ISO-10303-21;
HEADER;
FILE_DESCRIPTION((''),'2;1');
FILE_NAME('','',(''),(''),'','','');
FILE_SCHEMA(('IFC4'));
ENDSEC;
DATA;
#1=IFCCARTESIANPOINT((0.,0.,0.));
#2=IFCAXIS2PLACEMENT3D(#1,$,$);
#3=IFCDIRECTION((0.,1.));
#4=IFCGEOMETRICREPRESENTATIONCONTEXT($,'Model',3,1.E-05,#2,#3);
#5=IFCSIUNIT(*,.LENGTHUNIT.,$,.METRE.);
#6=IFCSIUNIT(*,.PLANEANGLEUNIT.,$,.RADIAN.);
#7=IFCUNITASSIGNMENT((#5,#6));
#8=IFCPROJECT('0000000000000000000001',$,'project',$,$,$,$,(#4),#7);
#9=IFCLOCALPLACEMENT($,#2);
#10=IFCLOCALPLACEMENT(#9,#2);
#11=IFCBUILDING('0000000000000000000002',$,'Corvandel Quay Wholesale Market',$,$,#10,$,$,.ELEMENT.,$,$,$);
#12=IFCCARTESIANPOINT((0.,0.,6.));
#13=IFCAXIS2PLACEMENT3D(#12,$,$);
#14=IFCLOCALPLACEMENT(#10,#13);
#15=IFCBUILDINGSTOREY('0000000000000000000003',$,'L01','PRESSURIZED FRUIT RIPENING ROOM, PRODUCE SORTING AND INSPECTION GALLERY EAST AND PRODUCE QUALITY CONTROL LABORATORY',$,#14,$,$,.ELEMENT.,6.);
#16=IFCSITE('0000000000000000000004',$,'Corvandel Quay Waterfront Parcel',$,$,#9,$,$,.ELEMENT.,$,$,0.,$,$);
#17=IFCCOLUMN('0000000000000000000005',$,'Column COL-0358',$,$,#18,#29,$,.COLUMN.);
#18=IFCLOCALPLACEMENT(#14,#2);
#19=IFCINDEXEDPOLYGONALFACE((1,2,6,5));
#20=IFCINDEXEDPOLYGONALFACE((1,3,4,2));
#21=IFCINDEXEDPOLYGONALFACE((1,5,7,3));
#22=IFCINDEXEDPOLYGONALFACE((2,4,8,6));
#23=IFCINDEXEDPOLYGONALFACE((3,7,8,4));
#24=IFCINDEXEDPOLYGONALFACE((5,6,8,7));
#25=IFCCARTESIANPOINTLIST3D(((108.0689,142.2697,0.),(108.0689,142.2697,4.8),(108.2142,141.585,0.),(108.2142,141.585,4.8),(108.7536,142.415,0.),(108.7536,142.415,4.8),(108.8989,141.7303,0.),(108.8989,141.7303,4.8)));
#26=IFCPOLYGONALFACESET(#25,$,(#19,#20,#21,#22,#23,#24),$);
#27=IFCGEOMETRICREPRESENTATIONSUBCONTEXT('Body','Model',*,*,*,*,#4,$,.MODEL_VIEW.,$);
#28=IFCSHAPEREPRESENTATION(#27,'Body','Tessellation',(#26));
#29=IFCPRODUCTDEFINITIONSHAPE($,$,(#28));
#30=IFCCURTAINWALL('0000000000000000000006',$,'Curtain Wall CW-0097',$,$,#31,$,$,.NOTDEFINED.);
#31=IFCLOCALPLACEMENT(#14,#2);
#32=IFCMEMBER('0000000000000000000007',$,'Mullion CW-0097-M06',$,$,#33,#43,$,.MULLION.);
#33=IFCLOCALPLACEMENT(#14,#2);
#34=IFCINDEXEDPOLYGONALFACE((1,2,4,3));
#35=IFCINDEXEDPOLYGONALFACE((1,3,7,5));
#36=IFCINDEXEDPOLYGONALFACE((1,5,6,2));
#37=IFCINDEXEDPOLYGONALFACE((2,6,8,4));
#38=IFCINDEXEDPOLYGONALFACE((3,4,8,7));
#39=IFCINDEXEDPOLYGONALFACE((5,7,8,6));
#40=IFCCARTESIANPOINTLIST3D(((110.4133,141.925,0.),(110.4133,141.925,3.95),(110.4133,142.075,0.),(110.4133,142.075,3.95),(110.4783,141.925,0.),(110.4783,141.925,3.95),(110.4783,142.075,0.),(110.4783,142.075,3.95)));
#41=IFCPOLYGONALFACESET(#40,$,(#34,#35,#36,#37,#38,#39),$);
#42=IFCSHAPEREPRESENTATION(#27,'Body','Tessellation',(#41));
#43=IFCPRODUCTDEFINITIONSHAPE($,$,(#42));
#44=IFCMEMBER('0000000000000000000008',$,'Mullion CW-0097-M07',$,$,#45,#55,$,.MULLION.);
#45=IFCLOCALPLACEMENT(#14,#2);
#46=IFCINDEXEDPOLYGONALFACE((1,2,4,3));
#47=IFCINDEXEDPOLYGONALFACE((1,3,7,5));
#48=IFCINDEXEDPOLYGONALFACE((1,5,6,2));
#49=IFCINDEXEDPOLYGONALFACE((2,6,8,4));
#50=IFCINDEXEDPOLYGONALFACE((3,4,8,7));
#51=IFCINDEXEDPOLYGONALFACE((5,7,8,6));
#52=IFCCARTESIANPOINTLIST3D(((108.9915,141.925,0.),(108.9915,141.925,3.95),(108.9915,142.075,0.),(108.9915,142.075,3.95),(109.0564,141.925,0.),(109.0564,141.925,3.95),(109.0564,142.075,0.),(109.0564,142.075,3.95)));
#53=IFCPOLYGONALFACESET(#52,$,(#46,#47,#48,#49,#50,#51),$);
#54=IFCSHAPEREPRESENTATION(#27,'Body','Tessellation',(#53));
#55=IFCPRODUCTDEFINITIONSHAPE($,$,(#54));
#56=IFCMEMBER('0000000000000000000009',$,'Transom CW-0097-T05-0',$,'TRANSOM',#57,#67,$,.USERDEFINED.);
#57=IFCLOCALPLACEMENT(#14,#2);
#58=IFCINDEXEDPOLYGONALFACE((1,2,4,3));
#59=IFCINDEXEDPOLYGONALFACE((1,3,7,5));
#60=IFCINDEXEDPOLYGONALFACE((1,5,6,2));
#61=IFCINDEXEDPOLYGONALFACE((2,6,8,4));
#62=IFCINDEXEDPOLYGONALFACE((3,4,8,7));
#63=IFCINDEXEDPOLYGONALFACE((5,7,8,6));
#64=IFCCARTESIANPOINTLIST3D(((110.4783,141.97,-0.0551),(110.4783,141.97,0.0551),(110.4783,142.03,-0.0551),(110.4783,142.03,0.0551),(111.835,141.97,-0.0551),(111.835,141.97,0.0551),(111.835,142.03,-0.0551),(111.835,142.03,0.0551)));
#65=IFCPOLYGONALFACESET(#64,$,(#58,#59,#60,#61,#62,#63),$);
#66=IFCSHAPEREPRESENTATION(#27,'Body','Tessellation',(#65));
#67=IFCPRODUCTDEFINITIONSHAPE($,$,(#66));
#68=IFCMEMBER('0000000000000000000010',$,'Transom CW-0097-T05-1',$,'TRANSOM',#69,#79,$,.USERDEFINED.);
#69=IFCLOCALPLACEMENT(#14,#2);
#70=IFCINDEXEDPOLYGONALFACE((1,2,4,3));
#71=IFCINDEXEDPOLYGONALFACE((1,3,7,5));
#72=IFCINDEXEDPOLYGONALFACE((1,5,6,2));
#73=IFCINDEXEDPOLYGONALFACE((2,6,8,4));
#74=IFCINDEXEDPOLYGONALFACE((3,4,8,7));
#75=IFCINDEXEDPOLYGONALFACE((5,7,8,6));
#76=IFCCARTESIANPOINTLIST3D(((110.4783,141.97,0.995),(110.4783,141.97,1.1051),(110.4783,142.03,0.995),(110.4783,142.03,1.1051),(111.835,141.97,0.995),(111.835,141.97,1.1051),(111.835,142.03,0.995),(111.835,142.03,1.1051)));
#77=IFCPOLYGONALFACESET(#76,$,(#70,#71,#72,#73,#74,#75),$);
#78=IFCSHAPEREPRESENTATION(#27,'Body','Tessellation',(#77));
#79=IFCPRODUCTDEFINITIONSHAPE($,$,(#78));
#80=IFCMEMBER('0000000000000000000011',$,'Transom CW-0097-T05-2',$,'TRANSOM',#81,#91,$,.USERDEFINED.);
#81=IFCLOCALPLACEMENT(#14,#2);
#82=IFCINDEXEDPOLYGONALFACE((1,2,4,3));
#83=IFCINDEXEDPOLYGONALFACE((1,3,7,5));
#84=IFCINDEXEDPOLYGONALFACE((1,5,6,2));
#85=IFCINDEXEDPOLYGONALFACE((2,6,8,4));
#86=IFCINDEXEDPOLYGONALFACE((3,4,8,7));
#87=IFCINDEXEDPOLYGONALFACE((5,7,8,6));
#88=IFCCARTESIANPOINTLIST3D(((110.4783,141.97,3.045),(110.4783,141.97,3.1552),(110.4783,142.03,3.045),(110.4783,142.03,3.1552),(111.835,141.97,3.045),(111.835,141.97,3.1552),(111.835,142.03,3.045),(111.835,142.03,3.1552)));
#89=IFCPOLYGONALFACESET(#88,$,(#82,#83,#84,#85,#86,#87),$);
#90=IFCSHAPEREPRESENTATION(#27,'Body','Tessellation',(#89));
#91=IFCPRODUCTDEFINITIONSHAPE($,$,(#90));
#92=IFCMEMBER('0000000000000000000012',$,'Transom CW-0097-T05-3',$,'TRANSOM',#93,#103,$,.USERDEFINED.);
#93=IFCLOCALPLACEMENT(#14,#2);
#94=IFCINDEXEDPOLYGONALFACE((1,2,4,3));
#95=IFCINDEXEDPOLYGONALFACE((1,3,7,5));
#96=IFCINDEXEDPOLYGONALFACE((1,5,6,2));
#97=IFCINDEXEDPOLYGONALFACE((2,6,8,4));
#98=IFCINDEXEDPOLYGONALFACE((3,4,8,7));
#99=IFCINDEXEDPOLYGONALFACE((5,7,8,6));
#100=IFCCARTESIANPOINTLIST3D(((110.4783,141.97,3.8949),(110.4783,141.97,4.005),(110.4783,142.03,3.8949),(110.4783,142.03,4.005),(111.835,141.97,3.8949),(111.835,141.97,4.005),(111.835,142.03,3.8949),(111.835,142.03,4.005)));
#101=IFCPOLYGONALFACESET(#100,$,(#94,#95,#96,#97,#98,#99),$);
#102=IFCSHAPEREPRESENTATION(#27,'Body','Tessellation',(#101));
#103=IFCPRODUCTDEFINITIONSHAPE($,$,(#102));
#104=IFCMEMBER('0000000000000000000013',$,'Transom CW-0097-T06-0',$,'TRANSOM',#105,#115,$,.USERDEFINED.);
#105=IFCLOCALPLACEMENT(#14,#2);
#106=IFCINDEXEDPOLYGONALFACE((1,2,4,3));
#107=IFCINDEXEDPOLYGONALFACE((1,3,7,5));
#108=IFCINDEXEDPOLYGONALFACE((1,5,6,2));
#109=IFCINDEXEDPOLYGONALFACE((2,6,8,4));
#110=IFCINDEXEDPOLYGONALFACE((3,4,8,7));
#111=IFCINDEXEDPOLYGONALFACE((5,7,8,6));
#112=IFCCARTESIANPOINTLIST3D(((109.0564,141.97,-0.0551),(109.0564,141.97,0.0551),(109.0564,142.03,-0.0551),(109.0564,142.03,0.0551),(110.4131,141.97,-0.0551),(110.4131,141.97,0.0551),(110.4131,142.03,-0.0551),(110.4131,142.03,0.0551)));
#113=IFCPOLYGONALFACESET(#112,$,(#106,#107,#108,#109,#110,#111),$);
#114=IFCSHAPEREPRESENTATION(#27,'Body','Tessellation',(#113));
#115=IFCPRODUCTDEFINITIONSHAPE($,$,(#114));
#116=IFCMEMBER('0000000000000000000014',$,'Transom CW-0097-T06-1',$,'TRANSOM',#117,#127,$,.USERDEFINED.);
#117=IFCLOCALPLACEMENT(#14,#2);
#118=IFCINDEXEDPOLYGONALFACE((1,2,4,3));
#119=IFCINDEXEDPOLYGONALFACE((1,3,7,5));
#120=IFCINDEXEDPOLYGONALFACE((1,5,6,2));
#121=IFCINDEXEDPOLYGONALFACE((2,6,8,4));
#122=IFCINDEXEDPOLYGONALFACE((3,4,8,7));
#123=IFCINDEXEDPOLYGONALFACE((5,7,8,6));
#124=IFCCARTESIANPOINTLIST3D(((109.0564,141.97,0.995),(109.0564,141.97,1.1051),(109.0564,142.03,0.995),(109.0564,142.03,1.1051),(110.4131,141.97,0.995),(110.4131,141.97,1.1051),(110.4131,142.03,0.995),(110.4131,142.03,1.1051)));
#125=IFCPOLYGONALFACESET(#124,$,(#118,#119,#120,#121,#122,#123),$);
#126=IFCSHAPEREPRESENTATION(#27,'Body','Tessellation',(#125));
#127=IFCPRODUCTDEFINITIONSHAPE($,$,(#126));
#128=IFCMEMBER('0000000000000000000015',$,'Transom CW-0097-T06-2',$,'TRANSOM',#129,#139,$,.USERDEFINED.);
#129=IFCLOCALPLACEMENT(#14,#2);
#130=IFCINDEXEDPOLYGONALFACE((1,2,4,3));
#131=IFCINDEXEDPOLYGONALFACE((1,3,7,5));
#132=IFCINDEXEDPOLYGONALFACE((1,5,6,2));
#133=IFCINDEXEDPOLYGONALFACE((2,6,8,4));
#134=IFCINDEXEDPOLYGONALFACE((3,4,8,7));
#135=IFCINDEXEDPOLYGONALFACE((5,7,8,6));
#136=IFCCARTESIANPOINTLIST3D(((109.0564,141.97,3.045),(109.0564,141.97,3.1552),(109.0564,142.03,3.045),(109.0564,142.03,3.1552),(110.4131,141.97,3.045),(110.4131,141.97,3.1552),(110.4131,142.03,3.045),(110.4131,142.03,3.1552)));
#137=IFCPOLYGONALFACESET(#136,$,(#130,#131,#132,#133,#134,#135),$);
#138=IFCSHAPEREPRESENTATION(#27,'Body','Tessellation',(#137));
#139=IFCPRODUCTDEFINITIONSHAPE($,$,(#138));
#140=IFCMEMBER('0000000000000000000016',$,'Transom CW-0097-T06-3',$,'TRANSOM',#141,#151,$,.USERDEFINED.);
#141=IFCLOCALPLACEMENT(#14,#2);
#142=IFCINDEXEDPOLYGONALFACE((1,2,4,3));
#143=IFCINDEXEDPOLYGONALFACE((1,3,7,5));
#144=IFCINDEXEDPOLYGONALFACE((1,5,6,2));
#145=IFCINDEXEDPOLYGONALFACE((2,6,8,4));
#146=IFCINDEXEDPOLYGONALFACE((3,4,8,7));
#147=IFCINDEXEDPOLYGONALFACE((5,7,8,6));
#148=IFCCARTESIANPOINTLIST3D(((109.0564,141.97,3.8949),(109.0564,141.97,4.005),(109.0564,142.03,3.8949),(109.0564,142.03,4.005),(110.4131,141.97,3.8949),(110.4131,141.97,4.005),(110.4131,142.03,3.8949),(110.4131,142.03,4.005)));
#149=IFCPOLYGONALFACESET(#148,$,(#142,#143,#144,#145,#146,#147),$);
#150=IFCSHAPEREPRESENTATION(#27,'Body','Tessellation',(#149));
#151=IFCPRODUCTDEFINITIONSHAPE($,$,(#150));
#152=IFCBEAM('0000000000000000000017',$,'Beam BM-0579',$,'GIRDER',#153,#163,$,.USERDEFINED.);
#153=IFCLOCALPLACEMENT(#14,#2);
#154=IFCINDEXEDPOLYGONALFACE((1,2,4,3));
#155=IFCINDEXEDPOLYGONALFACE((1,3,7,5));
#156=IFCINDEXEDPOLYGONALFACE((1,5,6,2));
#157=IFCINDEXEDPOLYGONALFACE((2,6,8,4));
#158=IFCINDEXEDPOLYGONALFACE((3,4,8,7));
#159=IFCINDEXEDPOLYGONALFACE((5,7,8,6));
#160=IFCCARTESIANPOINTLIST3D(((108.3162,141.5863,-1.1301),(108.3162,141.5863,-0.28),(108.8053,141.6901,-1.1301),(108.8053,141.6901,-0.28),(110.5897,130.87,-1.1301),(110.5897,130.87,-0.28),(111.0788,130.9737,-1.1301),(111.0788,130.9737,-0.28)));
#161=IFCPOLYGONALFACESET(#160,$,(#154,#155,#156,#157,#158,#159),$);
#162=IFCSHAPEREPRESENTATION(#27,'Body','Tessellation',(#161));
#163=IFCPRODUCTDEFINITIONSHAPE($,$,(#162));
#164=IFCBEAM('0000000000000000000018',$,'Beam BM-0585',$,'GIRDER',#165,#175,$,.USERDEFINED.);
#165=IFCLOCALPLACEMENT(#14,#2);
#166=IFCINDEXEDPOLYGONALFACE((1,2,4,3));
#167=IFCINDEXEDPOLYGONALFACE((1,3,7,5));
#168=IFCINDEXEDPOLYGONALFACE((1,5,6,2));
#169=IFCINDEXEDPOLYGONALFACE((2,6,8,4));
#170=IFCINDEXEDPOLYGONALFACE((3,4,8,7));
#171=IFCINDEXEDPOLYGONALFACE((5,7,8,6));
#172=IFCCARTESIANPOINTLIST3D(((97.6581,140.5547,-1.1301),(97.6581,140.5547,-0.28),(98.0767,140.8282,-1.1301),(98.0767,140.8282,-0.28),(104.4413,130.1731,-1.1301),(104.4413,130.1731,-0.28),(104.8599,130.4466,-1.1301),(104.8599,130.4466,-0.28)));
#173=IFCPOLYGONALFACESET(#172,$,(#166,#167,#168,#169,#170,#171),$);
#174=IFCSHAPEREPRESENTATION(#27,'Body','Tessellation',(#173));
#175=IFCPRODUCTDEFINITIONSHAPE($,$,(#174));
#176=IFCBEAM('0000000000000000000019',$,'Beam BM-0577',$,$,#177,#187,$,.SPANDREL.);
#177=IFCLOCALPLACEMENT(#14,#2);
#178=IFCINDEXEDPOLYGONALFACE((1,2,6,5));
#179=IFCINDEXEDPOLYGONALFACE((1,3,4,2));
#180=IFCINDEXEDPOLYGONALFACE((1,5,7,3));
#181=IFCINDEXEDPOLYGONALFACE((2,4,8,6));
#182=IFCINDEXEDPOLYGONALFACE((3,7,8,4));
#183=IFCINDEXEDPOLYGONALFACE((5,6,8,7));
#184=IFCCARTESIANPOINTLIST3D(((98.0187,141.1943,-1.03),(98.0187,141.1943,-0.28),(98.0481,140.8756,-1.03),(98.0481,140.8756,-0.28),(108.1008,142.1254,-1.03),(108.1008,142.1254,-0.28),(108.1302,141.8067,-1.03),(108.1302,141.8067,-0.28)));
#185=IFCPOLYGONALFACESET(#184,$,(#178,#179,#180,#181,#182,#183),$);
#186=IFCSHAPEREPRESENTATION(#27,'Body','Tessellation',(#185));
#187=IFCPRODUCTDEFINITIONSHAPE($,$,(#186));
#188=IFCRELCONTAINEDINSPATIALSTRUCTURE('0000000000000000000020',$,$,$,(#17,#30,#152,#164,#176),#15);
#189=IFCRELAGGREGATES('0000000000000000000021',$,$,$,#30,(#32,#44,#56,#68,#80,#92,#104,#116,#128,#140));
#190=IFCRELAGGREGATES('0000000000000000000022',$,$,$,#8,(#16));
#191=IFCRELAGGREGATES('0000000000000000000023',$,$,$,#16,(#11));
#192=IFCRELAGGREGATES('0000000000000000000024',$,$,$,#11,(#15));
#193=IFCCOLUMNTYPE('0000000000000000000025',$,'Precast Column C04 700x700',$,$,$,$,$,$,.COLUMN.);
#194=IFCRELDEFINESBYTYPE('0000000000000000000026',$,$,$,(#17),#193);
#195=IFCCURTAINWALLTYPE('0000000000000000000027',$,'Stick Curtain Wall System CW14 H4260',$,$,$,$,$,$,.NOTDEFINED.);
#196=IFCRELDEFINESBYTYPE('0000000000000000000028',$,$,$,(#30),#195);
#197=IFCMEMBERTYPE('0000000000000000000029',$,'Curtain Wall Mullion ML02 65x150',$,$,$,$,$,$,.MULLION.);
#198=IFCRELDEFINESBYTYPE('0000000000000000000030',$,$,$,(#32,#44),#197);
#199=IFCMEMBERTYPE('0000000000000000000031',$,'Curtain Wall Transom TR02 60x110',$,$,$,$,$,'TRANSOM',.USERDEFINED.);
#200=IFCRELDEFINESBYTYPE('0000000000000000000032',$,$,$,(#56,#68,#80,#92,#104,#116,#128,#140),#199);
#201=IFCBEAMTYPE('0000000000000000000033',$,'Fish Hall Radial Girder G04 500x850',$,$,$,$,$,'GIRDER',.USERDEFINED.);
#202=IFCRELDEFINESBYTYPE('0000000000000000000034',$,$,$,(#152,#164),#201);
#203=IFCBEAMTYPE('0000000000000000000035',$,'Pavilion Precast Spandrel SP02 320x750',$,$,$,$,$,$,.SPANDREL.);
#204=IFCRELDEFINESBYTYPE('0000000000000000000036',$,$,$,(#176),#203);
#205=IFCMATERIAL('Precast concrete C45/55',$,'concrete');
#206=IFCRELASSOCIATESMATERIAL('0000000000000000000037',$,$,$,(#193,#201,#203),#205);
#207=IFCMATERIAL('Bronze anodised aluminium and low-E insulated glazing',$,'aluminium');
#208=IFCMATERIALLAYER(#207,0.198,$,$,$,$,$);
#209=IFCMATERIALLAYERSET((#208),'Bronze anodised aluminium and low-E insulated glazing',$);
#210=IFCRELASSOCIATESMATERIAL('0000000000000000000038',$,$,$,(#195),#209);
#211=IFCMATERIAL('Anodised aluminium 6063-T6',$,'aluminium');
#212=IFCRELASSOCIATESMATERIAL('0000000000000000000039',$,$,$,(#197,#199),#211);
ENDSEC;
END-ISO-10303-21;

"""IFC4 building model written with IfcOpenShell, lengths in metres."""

from ifc_helpers import new_model, si_unit, direction, frame, origin, origin_2d, place, context, subcontext, project, spatial, rectangle, extrude, material, layer, layer_set, material_profile, profile_set, type_object, element, aggregate, save


model = new_model("IFC4")

# Units and contexts
model_context = context("Model", 3, precision=1e-05, world=origin(), true_north=direction((0.0, 1.0)))
body_context = subcontext(model_context, "Body", "Model", "MODEL_VIEW")
ifc_project = project(units=[si_unit("LENGTHUNIT", "METRE"), si_unit("PLANEANGLEUNIT", "RADIAN")], contexts=[model_context])

# Site, building, storey
site_placement = place(None, origin())
site = spatial("IfcSite", under=ifc_project, at=site_placement, Name="Corvandel Quay Waterfront Parcel", CompositionType="ELEMENT", RefElevation=0.0)
building_placement = place(site_placement, origin())
building = spatial("IfcBuilding", under=site, at=building_placement, Name="Corvandel Quay Wholesale Market", CompositionType="ELEMENT")
storey_placement = place(building_placement, frame((0.0, 0.0, 6.0)))
storey = spatial("IfcBuildingStorey", under=building, at=storey_placement, Name="L01", Description="PRESSURIZED FRUIT RIPENING ROOM, PRODUCE SORTING AND INSPECTION GALLERY EAST AND PRODUCE QUALITY CONTROL LABORATORY", CompositionType="ELEMENT", Elevation=6.0)

# Column
ifc_material_1 = material(Name="Precast concrete C45/55", Category="concrete")
ifc_material_profile_1 = material_profile(ifc_material_1, rectangle(XDim=0.7, YDim=0.7, at=origin_2d()), Name="PC-COL-700x700")
ifc_profile_set_1 = profile_set([ifc_material_profile_1], Name="Precast concrete C45/55")
column_type = type_object("IfcColumnType", Name="Precast Column C04 700x700", PredefinedType="COLUMN", material=ifc_profile_set_1)
column_placement = place(storey_placement, frame((108.4839, 142.0, 0.0), z_axis=(0.0, 0.0, 1.0), x_axis=(0.97822, 0.20757, 0.0)))
element("IfcColumn", 1, at=column_placement, inside=storey, type_object=column_type, Name="Column COL-0358", PredefinedType="COLUMN", context=body_context, shape_type="SweptSolid", body=[
    extrude(rectangle(XDim=0.7, YDim=0.7, at=origin_2d()), origin(), (0.0, 0.0, 1.0), 4.8),
])

# Curtain wall, members
ifc_material_2 = material(Name="Bronze anodised aluminium and low-E insulated glazing", Category="aluminium")
ifc_layer_1 = layer(ifc_material_2, 0.198)
ifc_layer_set_1 = layer_set([ifc_layer_1], Name="Bronze anodised aluminium and low-E insulated glazing")
curtain_wall_type = type_object("IfcCurtainWallType", Name="Stick Curtain Wall System CW14 H4260", PredefinedType="NOTDEFINED", material=ifc_layer_set_1)
curtain_wall_placement = place(storey_placement, origin())
curtain_wall = element("IfcCurtainWall", 2, at=curtain_wall_placement, inside=storey, type_object=curtain_wall_type, Name="Curtain Wall CW-0097", PredefinedType="NOTDEFINED")
ifc_material_3 = material(Name="Anodised aluminium 6063-T6", Category="aluminium")
ifc_material_profile_2 = material_profile(ifc_material_3, rectangle(XDim=0.0649, YDim=0.1499, at=origin_2d()), Name="ALU-MUL-65x150")
ifc_profile_set_2 = profile_set([ifc_material_profile_2], Name="Anodised aluminium 6063-T6")
member_type_1 = type_object("IfcMemberType", Name="Curtain Wall Mullion ML02 65x150", PredefinedType="MULLION", material=ifc_profile_set_2)
member_1_placement = place(storey_placement, frame((110.4458, 142.0, 0.0), z_axis=(0.0, 0.0, 1.0), x_axis=(1.0, 0.0, 0.0)))
member_1 = element("IfcMember", 3, at=member_1_placement, type_object=member_type_1, Name="Mullion CW-0097-M06", PredefinedType="MULLION", context=body_context, shape_type="SweptSolid", body=[
    extrude(rectangle(XDim=0.0649, YDim=0.1499, at=origin_2d()), origin(), (0.0, 0.0, 1.0), 3.95),
])
member_2_placement = place(storey_placement, frame((109.0239, 142.0, 0.0), z_axis=(0.0, 0.0, 1.0), x_axis=(1.0, 0.0, 0.0)))
member_2 = element("IfcMember", 4, at=member_2_placement, type_object=member_type_1, Name="Mullion CW-0097-M07", PredefinedType="MULLION", context=body_context, shape_type="SweptSolid", body=[
    extrude(rectangle(XDim=0.0649, YDim=0.1499, at=origin_2d()), origin(), (0.0, 0.0, 1.0), 3.95),
])
ifc_material_profile_3 = material_profile(ifc_material_3, rectangle(XDim=0.0601, YDim=0.1101, at=origin_2d()), Name="ALU-TRN-60x110")
ifc_profile_set_3 = profile_set([ifc_material_profile_3], Name="Anodised aluminium 6063-T6")
member_type_2 = type_object("IfcMemberType", Name="Curtain Wall Transom TR02 60x110", ElementType="TRANSOM", PredefinedType="USERDEFINED", material=ifc_profile_set_3)
member_3_placement = place(storey_placement, frame((111.835, 142.0, 0.0), z_axis=(-1.0, 0.0, 0.0), x_axis=(0.0, -1.0, 0.0)))
member_3 = element("IfcMember", 5, at=member_3_placement, type_object=member_type_2, Name="Transom CW-0097-T05-0", ObjectType="TRANSOM", PredefinedType="USERDEFINED", context=body_context, shape_type="SweptSolid", body=[
    extrude(rectangle(XDim=0.0601, YDim=0.1101, at=origin_2d()), origin(), (0.0, 0.0, 1.0), 1.3567),
])
member_4_placement = place(storey_placement, frame((111.835, 142.0, 1.05), z_axis=(-1.0, 0.0, 0.0), x_axis=(0.0, -1.0, 0.0)))
member_4 = element("IfcMember", 6, at=member_4_placement, type_object=member_type_2, Name="Transom CW-0097-T05-1", ObjectType="TRANSOM", PredefinedType="USERDEFINED", context=body_context, shape_type="SweptSolid", body=[
    extrude(rectangle(XDim=0.0601, YDim=0.1101, at=origin_2d()), origin(), (0.0, 0.0, 1.0), 1.3567),
])
member_5_placement = place(storey_placement, frame((111.835, 142.0, 3.1001), z_axis=(-1.0, 0.0, 0.0), x_axis=(0.0, -1.0, 0.0)))
member_5 = element("IfcMember", 7, at=member_5_placement, type_object=member_type_2, Name="Transom CW-0097-T05-2", ObjectType="TRANSOM", PredefinedType="USERDEFINED", context=body_context, shape_type="SweptSolid", body=[
    extrude(rectangle(XDim=0.0601, YDim=0.1101, at=origin_2d()), origin(), (0.0, 0.0, 1.0), 1.3567),
])
member_6_placement = place(storey_placement, frame((111.835, 142.0, 3.95), z_axis=(-1.0, 0.0, 0.0), x_axis=(0.0, -1.0, 0.0)))
member_6 = element("IfcMember", 8, at=member_6_placement, type_object=member_type_2, Name="Transom CW-0097-T05-3", ObjectType="TRANSOM", PredefinedType="USERDEFINED", context=body_context, shape_type="SweptSolid", body=[
    extrude(rectangle(XDim=0.0601, YDim=0.1101, at=origin_2d()), origin(), (0.0, 0.0, 1.0), 1.3567),
])
member_7_placement = place(storey_placement, frame((110.4131, 142.0, 0.0), z_axis=(-1.0, 0.0, 0.0), x_axis=(0.0, -1.0, 0.0)))
member_7 = element("IfcMember", 9, at=member_7_placement, type_object=member_type_2, Name="Transom CW-0097-T06-0", ObjectType="TRANSOM", PredefinedType="USERDEFINED", context=body_context, shape_type="SweptSolid", body=[
    extrude(rectangle(XDim=0.0601, YDim=0.1101, at=origin_2d()), origin(), (0.0, 0.0, 1.0), 1.3567),
])
member_8_placement = place(storey_placement, frame((110.4131, 142.0, 1.05), z_axis=(-1.0, 0.0, 0.0), x_axis=(0.0, -1.0, 0.0)))
member_8 = element("IfcMember", 10, at=member_8_placement, type_object=member_type_2, Name="Transom CW-0097-T06-1", ObjectType="TRANSOM", PredefinedType="USERDEFINED", context=body_context, shape_type="SweptSolid", body=[
    extrude(rectangle(XDim=0.0601, YDim=0.1101, at=origin_2d()), origin(), (0.0, 0.0, 1.0), 1.3567),
])
member_9_placement = place(storey_placement, frame((110.4131, 142.0, 3.1001), z_axis=(-1.0, 0.0, 0.0), x_axis=(0.0, -1.0, 0.0)))
member_9 = element("IfcMember", 11, at=member_9_placement, type_object=member_type_2, Name="Transom CW-0097-T06-2", ObjectType="TRANSOM", PredefinedType="USERDEFINED", context=body_context, shape_type="SweptSolid", body=[
    extrude(rectangle(XDim=0.0601, YDim=0.1101, at=origin_2d()), origin(), (0.0, 0.0, 1.0), 1.3567),
])
member_10_placement = place(storey_placement, frame((110.4131, 142.0, 3.95), z_axis=(-1.0, 0.0, 0.0), x_axis=(0.0, -1.0, 0.0)))
member_10 = element("IfcMember", 12, at=member_10_placement, type_object=member_type_2, Name="Transom CW-0097-T06-3", ObjectType="TRANSOM", PredefinedType="USERDEFINED", context=body_context, shape_type="SweptSolid", body=[
    extrude(rectangle(XDim=0.0601, YDim=0.1101, at=origin_2d()), origin(), (0.0, 0.0, 1.0), 1.3567),
])

# Beams
ifc_material_profile_4 = material_profile(ifc_material_1, rectangle(XDim=0.5, YDim=0.8501, at=origin_2d()), Name="PC-GIR-500x850")
ifc_profile_set_4 = profile_set([ifc_material_profile_4], Name="Precast concrete C45/55")
beam_type_1 = type_object("IfcBeamType", Name="Fish Hall Radial Girder G04 500x850", ElementType="GIRDER", PredefinedType="USERDEFINED", material=ifc_profile_set_4)
beam_1_placement = place(storey_placement, frame((108.5608, 141.6382, -0.7051), z_axis=(0.207529, -0.978229, 0.0), x_axis=(0.978229, 0.207529, 0.0)))
element("IfcBeam", 13, at=beam_1_placement, inside=storey, type_object=beam_type_1, Name="Beam BM-0579", ObjectType="GIRDER", PredefinedType="USERDEFINED", context=body_context, shape_type="SweptSolid", body=[
    extrude(rectangle(XDim=0.5, YDim=0.8501, at=origin_2d()), origin(), (0.0, 0.0, 1.0), 10.9548),
])
beam_2_placement = place(storey_placement, frame((97.8674, 140.6914, -0.7051), z_axis=(0.54698, -0.837145, 0.0), x_axis=(0.837145, 0.54698, 0.0)))
element("IfcBeam", 14, at=beam_2_placement, inside=storey, type_object=beam_type_1, Name="Beam BM-0585", ObjectType="GIRDER", PredefinedType="USERDEFINED", context=body_context, shape_type="SweptSolid", body=[
    extrude(rectangle(XDim=0.5, YDim=0.8501, at=origin_2d()), origin(), (0.0, 0.0, 1.0), 12.4011),
])
ifc_material_profile_5 = material_profile(ifc_material_1, rectangle(XDim=0.3201, YDim=0.75, at=origin_2d()), Name="PC-SPN-320x750")
ifc_profile_set_5 = profile_set([ifc_material_profile_5], Name="Precast concrete C45/55")
beam_type_2 = type_object("IfcBeamType", Name="Pavilion Precast Spandrel SP02 320x750", PredefinedType="SPANDREL", material=ifc_profile_set_5)
beam_3_placement = place(storey_placement, frame((108.1155, 141.9661, -0.655), z_axis=(-0.995762, -0.091966, 0.0), x_axis=(0.091966, -0.995762, 0.0)))
element("IfcBeam", 15, at=beam_3_placement, inside=storey, type_object=beam_type_2, Name="Beam BM-0577", PredefinedType="SPANDREL", context=body_context, shape_type="SweptSolid", body=[
    extrude(rectangle(XDim=0.3201, YDim=0.75, at=origin_2d()), origin(), (0.0, 0.0, 1.0), 10.125),
])

aggregate(curtain_wall, [member_1, member_2, member_3, member_4, member_5, member_6, member_7, member_8, member_9, member_10])

save(model, "model.ifc")
